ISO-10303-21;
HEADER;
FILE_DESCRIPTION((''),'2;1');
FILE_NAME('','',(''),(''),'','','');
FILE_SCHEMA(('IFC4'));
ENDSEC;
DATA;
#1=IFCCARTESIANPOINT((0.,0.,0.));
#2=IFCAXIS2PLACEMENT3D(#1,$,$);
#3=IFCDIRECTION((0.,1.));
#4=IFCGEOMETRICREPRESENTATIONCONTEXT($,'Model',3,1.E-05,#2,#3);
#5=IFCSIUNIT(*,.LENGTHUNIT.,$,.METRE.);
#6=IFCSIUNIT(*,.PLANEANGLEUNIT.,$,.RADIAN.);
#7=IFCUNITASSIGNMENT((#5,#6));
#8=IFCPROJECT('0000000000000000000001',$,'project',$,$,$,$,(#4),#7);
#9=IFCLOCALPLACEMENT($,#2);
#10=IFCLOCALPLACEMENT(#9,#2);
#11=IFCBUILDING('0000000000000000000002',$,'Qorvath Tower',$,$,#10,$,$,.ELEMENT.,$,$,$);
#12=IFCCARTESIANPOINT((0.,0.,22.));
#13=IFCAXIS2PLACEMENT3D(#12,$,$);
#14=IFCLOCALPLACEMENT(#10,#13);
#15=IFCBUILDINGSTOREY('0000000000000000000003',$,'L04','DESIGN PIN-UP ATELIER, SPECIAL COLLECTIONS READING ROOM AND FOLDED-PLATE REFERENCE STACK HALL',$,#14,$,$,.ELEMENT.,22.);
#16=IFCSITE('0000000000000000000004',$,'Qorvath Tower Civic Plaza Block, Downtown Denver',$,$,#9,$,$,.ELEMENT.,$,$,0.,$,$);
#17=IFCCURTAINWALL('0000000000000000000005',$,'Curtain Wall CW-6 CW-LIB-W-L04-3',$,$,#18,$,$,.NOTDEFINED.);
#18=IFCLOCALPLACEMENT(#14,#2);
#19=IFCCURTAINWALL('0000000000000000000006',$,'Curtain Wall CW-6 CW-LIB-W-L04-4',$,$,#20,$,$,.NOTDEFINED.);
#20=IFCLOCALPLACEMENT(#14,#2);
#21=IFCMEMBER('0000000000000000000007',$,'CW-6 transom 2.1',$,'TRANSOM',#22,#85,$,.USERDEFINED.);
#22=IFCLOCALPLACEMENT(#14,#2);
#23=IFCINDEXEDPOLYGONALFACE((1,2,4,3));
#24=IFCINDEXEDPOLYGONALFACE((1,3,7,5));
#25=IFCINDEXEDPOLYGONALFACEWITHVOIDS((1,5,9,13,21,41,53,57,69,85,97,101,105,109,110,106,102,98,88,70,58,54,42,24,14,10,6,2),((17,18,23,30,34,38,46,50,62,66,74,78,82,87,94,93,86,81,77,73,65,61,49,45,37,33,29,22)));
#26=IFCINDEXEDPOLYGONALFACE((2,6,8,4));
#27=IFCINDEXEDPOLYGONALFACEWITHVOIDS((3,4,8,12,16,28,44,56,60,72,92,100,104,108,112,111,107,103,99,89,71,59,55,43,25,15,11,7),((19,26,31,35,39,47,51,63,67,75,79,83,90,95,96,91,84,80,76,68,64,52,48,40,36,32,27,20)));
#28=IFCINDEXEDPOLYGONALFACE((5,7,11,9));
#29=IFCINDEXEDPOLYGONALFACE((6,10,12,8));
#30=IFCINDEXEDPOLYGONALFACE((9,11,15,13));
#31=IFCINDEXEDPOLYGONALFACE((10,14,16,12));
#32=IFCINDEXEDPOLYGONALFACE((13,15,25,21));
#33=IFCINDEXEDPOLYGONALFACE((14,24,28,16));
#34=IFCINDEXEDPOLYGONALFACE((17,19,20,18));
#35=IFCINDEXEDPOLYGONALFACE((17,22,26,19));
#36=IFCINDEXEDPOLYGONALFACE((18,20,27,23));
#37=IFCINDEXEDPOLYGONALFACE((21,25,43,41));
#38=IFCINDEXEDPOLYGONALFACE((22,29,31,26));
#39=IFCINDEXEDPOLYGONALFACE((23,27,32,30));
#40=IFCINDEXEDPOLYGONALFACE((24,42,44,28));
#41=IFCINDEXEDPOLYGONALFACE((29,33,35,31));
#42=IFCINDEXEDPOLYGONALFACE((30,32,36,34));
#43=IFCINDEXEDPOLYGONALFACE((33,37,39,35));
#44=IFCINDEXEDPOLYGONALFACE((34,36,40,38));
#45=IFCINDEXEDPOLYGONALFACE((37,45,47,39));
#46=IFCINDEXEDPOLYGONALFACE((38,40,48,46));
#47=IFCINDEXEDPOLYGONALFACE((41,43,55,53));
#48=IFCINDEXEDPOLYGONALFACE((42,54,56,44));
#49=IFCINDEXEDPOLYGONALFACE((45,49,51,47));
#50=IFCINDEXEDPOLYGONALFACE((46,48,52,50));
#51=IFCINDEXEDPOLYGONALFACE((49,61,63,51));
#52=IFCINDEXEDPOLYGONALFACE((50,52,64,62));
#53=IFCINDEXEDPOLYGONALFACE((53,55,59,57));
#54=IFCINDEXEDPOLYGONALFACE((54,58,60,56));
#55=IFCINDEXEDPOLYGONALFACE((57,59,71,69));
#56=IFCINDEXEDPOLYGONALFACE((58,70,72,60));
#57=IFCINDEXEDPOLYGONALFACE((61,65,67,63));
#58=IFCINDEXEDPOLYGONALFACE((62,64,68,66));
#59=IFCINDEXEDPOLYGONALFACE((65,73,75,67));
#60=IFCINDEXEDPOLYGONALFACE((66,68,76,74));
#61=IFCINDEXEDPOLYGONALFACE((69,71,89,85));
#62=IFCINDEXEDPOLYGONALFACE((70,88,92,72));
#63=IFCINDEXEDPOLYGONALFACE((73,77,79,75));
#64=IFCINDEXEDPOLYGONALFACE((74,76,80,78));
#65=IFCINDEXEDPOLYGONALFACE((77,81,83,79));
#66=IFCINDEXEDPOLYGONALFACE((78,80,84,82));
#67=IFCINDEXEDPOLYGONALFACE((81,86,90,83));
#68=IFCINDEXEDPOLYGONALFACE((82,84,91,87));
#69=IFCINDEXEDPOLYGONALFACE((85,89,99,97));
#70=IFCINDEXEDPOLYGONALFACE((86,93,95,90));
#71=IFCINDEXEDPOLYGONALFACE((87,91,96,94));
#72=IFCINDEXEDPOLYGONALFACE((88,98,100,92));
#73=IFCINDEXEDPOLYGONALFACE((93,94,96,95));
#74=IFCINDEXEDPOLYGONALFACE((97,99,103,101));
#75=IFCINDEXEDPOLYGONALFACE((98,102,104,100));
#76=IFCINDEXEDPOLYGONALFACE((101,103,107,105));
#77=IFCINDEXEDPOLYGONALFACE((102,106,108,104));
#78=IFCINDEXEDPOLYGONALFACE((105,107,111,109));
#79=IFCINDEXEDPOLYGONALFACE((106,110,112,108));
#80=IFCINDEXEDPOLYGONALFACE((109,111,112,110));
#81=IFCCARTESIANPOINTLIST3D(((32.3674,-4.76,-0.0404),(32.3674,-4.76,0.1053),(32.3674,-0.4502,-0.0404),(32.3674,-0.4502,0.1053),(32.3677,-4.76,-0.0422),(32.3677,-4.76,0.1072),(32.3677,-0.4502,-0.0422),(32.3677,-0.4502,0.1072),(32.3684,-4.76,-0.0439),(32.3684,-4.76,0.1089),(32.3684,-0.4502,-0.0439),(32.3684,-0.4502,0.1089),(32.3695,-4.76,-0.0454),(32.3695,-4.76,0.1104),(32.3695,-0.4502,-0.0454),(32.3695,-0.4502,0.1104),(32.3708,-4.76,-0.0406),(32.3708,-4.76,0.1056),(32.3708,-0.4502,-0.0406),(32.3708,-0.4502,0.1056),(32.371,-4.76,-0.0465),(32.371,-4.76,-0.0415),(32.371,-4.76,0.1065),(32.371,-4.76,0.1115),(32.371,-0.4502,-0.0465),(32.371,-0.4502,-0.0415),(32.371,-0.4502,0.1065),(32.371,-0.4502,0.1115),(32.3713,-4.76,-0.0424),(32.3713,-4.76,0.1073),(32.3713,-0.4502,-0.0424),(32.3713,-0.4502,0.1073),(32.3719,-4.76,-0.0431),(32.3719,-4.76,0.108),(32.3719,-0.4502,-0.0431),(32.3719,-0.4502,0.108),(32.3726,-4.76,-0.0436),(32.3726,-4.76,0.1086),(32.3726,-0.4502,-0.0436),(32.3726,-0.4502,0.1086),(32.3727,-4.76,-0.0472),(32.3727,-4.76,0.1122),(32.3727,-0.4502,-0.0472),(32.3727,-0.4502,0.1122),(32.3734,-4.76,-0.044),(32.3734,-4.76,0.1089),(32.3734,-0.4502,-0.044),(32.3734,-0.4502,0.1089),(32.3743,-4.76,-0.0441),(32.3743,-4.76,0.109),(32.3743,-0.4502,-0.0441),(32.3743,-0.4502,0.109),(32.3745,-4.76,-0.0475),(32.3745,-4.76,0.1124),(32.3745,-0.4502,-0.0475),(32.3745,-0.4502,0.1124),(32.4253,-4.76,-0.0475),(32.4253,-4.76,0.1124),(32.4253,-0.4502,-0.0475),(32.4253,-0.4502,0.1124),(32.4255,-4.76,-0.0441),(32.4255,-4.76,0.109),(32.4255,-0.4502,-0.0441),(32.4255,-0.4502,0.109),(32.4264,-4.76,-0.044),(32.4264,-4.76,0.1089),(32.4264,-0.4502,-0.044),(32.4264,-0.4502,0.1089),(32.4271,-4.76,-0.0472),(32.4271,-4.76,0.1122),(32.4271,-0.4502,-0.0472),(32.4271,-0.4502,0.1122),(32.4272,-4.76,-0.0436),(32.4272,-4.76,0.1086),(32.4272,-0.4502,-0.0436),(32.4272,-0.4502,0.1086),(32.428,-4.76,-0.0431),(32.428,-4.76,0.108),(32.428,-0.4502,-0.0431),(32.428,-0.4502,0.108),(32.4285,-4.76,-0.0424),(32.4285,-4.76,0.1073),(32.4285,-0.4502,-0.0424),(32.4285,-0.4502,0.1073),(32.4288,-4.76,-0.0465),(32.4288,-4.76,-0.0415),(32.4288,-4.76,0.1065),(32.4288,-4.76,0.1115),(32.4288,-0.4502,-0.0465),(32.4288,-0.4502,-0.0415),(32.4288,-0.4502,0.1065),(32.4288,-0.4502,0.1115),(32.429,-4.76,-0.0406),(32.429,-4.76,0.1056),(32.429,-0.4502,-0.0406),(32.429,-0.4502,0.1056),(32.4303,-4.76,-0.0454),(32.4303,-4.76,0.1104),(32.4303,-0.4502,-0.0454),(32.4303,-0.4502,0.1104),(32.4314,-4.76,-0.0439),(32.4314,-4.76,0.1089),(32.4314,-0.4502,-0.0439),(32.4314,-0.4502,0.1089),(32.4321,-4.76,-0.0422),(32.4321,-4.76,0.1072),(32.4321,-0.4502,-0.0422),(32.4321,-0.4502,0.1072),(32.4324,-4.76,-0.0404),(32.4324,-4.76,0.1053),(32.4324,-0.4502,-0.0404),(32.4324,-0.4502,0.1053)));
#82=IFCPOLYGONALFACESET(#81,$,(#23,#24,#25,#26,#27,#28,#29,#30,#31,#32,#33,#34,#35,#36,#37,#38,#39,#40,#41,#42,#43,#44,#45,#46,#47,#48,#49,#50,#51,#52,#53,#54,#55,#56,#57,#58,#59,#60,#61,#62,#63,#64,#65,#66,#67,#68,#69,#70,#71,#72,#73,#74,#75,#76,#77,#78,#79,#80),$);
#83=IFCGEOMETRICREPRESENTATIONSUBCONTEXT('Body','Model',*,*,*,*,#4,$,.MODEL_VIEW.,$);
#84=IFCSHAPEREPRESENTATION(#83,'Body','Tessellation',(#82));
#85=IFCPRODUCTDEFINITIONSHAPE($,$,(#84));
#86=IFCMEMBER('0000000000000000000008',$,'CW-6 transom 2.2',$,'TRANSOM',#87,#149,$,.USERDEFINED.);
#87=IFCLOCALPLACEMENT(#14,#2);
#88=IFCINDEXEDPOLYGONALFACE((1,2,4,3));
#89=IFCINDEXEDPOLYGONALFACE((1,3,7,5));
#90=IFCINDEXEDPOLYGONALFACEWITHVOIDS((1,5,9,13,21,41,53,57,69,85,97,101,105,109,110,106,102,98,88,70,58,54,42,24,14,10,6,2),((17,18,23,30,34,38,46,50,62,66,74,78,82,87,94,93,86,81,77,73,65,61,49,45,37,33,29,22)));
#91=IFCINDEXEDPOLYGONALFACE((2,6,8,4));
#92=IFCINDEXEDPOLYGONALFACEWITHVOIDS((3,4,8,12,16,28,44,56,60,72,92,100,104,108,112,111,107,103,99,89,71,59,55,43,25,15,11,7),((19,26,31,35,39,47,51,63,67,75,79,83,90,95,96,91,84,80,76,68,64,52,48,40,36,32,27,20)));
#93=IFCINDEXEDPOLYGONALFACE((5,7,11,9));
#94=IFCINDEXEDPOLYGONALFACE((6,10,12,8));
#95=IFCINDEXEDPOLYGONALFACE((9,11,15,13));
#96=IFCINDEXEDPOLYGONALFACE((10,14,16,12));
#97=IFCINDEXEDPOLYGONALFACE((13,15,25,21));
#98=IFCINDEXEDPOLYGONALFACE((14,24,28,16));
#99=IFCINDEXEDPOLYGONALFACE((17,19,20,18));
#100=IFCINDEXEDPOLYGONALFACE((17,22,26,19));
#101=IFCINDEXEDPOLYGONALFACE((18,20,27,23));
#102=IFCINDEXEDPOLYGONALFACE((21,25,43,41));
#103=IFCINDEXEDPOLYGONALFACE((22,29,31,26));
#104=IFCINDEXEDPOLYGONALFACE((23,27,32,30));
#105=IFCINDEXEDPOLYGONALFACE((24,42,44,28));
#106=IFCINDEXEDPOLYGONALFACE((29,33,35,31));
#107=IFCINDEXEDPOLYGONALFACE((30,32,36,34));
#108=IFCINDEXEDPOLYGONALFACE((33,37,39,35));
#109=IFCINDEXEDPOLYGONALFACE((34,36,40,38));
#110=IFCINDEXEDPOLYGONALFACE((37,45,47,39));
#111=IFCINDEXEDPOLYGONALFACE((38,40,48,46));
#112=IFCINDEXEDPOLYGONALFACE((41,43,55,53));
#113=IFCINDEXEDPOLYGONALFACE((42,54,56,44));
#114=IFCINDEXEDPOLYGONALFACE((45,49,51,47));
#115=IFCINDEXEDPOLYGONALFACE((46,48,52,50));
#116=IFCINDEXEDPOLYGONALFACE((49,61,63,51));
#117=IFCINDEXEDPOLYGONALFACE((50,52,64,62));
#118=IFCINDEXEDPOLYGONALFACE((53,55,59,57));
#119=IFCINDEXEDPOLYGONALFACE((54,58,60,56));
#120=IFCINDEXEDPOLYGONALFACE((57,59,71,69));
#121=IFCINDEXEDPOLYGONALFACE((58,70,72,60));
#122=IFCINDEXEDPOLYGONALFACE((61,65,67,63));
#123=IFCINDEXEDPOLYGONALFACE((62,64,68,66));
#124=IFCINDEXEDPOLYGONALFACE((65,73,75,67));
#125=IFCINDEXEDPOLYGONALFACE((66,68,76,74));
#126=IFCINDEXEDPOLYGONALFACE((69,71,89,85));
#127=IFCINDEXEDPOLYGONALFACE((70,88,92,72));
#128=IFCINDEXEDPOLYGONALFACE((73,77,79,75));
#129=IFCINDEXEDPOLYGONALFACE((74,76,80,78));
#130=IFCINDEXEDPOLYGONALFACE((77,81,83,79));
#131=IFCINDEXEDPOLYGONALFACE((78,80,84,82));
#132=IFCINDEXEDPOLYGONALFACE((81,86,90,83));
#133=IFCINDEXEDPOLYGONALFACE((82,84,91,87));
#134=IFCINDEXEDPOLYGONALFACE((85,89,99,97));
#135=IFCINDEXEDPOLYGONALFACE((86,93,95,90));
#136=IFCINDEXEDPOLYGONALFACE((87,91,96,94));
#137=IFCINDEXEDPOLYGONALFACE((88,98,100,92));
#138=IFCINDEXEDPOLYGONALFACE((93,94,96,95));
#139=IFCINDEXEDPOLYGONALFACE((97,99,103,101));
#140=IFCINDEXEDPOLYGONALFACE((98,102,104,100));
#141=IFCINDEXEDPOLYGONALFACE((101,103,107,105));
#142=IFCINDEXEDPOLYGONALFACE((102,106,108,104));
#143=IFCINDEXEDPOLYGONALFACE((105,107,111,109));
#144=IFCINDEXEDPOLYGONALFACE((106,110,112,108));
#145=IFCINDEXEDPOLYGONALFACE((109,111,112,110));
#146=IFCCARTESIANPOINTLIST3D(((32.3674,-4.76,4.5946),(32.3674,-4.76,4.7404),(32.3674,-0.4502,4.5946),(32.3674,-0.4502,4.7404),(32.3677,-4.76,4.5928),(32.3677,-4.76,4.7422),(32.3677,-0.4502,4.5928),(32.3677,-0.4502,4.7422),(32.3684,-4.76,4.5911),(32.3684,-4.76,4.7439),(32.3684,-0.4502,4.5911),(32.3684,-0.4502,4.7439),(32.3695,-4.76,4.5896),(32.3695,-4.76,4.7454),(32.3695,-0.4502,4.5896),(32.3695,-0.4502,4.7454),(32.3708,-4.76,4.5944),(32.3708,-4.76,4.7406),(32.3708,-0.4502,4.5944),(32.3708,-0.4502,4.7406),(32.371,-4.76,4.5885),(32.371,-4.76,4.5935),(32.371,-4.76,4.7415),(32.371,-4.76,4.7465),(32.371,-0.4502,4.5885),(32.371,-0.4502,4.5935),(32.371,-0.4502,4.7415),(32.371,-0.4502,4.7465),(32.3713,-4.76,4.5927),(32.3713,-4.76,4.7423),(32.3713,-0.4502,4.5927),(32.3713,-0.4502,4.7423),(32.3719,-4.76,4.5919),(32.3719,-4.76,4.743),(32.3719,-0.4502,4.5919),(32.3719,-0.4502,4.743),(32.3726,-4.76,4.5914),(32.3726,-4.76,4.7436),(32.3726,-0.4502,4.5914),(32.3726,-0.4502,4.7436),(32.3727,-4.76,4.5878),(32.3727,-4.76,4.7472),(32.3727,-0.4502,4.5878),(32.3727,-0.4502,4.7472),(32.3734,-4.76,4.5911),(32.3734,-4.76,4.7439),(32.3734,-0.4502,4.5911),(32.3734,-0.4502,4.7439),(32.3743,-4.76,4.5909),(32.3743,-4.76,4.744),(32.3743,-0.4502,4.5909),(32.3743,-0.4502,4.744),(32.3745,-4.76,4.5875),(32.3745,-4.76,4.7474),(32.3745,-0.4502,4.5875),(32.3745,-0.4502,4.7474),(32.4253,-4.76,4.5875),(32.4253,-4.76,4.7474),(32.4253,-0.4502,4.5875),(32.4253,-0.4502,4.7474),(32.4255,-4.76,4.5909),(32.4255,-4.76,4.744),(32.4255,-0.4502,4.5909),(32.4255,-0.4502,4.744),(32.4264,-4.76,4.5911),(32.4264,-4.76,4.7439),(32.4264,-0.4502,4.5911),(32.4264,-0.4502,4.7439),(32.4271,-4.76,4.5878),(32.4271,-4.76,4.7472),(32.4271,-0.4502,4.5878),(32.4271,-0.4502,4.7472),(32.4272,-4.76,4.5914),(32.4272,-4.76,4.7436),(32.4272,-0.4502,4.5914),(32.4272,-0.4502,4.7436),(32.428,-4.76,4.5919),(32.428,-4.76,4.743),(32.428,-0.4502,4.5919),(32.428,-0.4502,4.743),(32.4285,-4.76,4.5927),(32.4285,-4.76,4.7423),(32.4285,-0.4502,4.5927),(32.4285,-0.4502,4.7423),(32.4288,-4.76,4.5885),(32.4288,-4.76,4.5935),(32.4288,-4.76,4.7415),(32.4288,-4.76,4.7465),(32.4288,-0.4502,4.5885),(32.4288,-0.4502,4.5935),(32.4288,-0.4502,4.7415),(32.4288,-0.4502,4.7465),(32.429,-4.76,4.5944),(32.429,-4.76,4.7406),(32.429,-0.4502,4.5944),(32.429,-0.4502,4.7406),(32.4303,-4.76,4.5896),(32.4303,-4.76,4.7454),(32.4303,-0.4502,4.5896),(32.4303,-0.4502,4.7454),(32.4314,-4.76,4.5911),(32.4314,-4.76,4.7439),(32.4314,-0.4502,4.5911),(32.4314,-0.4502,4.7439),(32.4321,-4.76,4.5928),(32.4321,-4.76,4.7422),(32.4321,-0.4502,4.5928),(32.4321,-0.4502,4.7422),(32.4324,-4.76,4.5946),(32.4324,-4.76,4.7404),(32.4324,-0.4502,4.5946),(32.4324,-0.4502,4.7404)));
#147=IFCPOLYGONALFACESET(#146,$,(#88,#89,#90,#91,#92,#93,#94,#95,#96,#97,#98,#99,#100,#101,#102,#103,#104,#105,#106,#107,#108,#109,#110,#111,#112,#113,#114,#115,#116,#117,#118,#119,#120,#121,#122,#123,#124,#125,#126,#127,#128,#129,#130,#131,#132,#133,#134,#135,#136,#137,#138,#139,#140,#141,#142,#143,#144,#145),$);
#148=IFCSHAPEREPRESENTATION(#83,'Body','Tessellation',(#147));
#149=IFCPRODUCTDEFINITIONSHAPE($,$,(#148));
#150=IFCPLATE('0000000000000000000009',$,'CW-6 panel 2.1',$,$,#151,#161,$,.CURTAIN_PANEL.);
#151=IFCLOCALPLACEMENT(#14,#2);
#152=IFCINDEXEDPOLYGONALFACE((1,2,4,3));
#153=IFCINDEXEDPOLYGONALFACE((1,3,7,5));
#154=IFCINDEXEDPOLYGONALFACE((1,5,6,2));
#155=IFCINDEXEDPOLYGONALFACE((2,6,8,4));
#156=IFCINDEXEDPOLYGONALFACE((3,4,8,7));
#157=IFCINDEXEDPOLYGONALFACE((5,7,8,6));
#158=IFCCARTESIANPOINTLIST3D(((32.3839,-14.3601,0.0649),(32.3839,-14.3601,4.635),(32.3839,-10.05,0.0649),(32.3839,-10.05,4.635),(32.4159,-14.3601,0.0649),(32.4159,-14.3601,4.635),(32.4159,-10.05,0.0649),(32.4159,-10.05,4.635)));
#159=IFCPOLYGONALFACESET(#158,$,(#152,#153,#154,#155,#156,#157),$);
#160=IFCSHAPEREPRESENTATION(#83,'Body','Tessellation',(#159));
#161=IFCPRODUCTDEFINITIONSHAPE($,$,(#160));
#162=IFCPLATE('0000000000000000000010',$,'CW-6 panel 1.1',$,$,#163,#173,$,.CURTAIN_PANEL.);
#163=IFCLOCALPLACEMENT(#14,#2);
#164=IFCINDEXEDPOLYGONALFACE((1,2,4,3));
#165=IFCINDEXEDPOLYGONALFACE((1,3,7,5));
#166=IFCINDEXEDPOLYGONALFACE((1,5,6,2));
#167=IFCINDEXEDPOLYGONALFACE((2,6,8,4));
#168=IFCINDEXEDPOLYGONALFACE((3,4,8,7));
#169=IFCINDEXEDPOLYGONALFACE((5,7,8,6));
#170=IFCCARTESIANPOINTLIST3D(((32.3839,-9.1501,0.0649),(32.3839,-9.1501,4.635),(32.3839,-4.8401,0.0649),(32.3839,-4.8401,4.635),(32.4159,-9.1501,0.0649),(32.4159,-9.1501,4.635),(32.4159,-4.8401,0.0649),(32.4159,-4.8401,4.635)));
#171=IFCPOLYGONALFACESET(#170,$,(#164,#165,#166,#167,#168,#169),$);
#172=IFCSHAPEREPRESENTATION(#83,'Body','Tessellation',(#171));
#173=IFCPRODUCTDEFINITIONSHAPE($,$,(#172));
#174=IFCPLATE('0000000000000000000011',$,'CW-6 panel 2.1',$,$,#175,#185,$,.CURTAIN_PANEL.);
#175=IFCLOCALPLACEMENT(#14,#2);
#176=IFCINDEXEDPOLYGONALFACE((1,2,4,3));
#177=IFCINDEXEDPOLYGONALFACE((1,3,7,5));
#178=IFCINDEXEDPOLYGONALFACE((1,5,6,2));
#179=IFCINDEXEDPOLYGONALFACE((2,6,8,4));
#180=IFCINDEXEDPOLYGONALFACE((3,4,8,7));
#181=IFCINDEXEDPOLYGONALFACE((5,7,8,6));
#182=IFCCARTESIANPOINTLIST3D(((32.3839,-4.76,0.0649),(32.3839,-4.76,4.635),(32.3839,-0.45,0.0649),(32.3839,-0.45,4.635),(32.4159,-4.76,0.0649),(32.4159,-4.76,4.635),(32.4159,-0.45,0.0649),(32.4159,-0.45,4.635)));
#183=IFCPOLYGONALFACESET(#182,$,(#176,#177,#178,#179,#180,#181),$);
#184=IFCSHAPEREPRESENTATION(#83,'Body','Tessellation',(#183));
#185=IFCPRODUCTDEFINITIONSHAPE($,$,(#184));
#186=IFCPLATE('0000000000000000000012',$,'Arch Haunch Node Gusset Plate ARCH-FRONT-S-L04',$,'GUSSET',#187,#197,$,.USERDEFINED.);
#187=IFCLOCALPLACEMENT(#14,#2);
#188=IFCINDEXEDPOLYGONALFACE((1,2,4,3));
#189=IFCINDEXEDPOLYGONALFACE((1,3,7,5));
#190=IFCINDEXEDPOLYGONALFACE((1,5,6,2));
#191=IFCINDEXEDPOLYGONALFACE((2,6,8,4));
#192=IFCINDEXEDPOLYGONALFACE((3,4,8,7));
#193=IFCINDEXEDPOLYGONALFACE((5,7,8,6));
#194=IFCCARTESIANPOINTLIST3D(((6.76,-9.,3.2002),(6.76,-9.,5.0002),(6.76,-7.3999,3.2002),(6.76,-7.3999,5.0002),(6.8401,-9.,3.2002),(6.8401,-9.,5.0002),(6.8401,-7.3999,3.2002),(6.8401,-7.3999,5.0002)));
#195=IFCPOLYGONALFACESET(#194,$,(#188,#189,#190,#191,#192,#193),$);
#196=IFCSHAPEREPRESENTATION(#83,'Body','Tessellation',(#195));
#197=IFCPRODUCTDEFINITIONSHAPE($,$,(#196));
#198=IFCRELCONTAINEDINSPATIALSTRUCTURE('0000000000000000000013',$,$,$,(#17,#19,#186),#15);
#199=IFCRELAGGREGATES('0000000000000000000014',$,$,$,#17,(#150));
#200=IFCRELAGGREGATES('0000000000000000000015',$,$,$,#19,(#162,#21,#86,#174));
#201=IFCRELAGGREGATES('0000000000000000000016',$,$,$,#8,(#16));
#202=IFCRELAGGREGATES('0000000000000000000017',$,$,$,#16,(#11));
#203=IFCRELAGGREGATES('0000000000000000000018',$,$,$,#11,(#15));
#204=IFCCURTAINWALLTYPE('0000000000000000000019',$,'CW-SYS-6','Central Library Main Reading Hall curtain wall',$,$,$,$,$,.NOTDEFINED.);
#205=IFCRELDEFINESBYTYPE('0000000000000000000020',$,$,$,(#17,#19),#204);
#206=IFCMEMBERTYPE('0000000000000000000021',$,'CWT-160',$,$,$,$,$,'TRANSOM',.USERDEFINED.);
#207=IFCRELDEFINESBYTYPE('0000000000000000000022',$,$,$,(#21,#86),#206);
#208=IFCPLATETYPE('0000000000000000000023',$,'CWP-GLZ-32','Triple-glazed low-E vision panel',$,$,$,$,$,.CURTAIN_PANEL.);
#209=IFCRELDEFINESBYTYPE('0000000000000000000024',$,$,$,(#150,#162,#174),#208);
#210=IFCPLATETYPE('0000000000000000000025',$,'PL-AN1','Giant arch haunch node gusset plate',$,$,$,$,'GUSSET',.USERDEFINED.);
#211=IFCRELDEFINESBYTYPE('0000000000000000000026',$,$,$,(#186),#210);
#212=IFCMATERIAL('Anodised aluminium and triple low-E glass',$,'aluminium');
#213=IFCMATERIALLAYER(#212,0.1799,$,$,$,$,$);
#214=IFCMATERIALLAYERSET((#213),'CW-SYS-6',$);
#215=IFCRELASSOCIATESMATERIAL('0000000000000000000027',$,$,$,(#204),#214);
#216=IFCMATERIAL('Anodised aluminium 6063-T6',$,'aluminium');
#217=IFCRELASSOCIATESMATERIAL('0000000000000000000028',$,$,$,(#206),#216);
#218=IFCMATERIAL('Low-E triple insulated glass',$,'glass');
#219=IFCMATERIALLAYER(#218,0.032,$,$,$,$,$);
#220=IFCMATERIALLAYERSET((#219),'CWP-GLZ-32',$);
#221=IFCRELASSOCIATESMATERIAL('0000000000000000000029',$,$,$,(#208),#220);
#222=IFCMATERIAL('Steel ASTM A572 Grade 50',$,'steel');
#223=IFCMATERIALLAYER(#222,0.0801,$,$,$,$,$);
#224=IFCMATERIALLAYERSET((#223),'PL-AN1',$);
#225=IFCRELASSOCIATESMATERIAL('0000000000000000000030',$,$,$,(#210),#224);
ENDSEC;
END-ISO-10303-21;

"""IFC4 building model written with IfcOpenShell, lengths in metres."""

from ifc_helpers import new_model, si_unit, direction, frame, origin, origin_2d, place, context, subcontext, project, spatial, rectangle, hollow_rectangle, extrude, material, layer, layer_set, material_profile, profile_set, type_object, element, aggregate, save


model = new_model("IFC4")

# Units and contexts
model_context = context("Model", 3, precision=1e-05, world=origin(), true_north=direction((0.0, 1.0)))
body_context = subcontext(model_context, "Body", "Model", "MODEL_VIEW")
ifc_project = project(units=[si_unit("LENGTHUNIT", "METRE"), si_unit("PLANEANGLEUNIT", "RADIAN")], contexts=[model_context])

# Site, building, storey
site_placement = place(None, origin())
site = spatial("IfcSite", under=ifc_project, at=site_placement, Name="Qorvath Tower Civic Plaza Block, Downtown Denver", CompositionType="ELEMENT", RefElevation=0.0)
building_placement = place(site_placement, origin())
building = spatial("IfcBuilding", under=site, at=building_placement, Name="Qorvath Tower", CompositionType="ELEMENT")
storey_placement = place(building_placement, frame((0.0, 0.0, 22.0)))
storey = spatial("IfcBuildingStorey", under=building, at=storey_placement, Name="L04", Description="DESIGN PIN-UP ATELIER, SPECIAL COLLECTIONS READING ROOM AND FOLDED-PLATE REFERENCE STACK HALL", CompositionType="ELEMENT", Elevation=22.0)

# Curtain wall
ifc_material_1 = material(Name="Anodised aluminium and triple low-E glass", Category="aluminium")
ifc_layer_1 = layer(ifc_material_1, 0.1799)
ifc_layer_set_1 = layer_set([ifc_layer_1], Name="CW-SYS-6")
curtain_wall_type = type_object("IfcCurtainWallType", Name="CW-SYS-6", Description="Central Library Main Reading Hall curtain wall", PredefinedType="NOTDEFINED", material=ifc_layer_set_1)
curtain_wall_1_placement = place(storey_placement, origin())
curtain_wall_1 = element("IfcCurtainWall", 1, at=curtain_wall_1_placement, inside=storey, type_object=curtain_wall_type, Name="Curtain Wall CW-6 CW-LIB-W-L04-3", PredefinedType="NOTDEFINED")

# Curtain wall
curtain_wall_2_placement = place(storey_placement, origin())
curtain_wall_2 = element("IfcCurtainWall", 2, at=curtain_wall_2_placement, inside=storey, type_object=curtain_wall_type, Name="Curtain Wall CW-6 CW-LIB-W-L04-4", PredefinedType="NOTDEFINED")

# Members
ifc_material_2 = material(Name="Anodised aluminium 6063-T6", Category="aluminium")
ifc_material_profile_1 = material_profile(ifc_material_2, hollow_rectangle(XDim=0.0649, YDim=0.1599, WallThickness=0.0034, InnerFilletRadius=0.0034, OuterFilletRadius=0.0071, at=origin_2d()), Name="CWT 160x65")
ifc_profile_set_1 = profile_set([ifc_material_profile_1], Name="Anodised aluminium 6063-T6")
member_type_1 = type_object("IfcMemberType", Name="CWT-160", ElementType="TRANSOM", PredefinedType="USERDEFINED", material=ifc_profile_set_1)
member_1_placement = place(storey_placement, frame((32.3999, -4.76, 0.0325), z_axis=(0.0, 1.0, 0.0), x_axis=(-1.0, 0.0, 0.0)))
member_1 = element("IfcMember", 3, at=member_1_placement, type_object=member_type_1, Name="CW-6 transom 2.1", ObjectType="TRANSOM", PredefinedType="USERDEFINED", context=body_context, shape_type="SweptSolid", body=[
    extrude(hollow_rectangle(XDim=0.0649, YDim=0.1599, WallThickness=0.0034, InnerFilletRadius=0.0034, OuterFilletRadius=0.0071, at=origin_2d()), origin(), (0.0, 0.0, 1.0), 4.3098),
])
member_2_placement = place(storey_placement, frame((32.3999, -4.76, 4.6675), z_axis=(0.0, 1.0, 0.0), x_axis=(-1.0, 0.0, 0.0)))
member_2 = element("IfcMember", 4, at=member_2_placement, type_object=member_type_1, Name="CW-6 transom 2.2", ObjectType="TRANSOM", PredefinedType="USERDEFINED", context=body_context, shape_type="SweptSolid", body=[
    extrude(hollow_rectangle(XDim=0.0649, YDim=0.1599, WallThickness=0.0034, InnerFilletRadius=0.0034, OuterFilletRadius=0.0071, at=origin_2d()), origin(), (0.0, 0.0, 1.0), 4.3098),
])

# Plates
ifc_material_3 = material(Name="Low-E triple insulated glass", Category="glass")
ifc_layer_2 = layer(ifc_material_3, 0.032)
ifc_layer_set_2 = layer_set([ifc_layer_2], Name="CWP-GLZ-32")
plate_type_1 = type_object("IfcPlateType", Name="CWP-GLZ-32", Description="Triple-glazed low-E vision panel", PredefinedType="CURTAIN_PANEL", material=ifc_layer_set_2)
plate_1_placement = place(storey_placement, frame((32.3999, -12.2051, 0.0649), z_axis=(0.0, 0.0, 1.0), x_axis=(0.0, 1.0, 0.0)))
plate_1 = element("IfcPlate", 5, at=plate_1_placement, type_object=plate_type_1, Name="CW-6 panel 2.1", PredefinedType="CURTAIN_PANEL", context=body_context, shape_type="SweptSolid", body=[
    extrude(rectangle(XDim=4.3101, YDim=0.032, at=origin_2d()), origin(), (0.0, 0.0, 1.0), 4.5701),
])
aggregate(curtain_wall_1, [plate_1])
plate_2_placement = place(storey_placement, frame((32.3999, -6.9951, 0.0649), z_axis=(0.0, 0.0, 1.0), x_axis=(0.0, 1.0, 0.0)))
plate_2 = element("IfcPlate", 6, at=plate_2_placement, type_object=plate_type_1, Name="CW-6 panel 1.1", PredefinedType="CURTAIN_PANEL", context=body_context, shape_type="SweptSolid", body=[
    extrude(rectangle(XDim=4.3101, YDim=0.032, at=origin_2d()), origin(), (0.0, 0.0, 1.0), 4.5701),
])
plate_3_placement = place(storey_placement, frame((32.3999, -2.605, 0.0649), z_axis=(0.0, 0.0, 1.0), x_axis=(0.0, 1.0, 0.0)))
plate_3 = element("IfcPlate", 7, at=plate_3_placement, type_object=plate_type_1, Name="CW-6 panel 2.1", PredefinedType="CURTAIN_PANEL", context=body_context, shape_type="SweptSolid", body=[
    extrude(rectangle(XDim=4.3101, YDim=0.032, at=origin_2d()), origin(), (0.0, 0.0, 1.0), 4.5701),
])
aggregate(curtain_wall_2, [plate_2, member_1, member_2, plate_3])
ifc_material_4 = material(Name="Steel ASTM A572 Grade 50", Category="steel")
ifc_layer_3 = layer(ifc_material_4, 0.0801)
ifc_layer_set_3 = layer_set([ifc_layer_3], Name="PL-AN1")
plate_type_2 = type_object("IfcPlateType", Name="PL-AN1", Description="Giant arch haunch node gusset plate", ElementType="GUSSET", PredefinedType="USERDEFINED", material=ifc_layer_set_3)
plate_4_placement = place(storey_placement, frame((6.8, -8.2, 3.2002), z_axis=(0.0, 0.0, 1.0), x_axis=(0.0, 1.0, 0.0)))
element("IfcPlate", 8, at=plate_4_placement, inside=storey, type_object=plate_type_2, Name="Arch Haunch Node Gusset Plate ARCH-FRONT-S-L04", ObjectType="GUSSET", PredefinedType="USERDEFINED", context=body_context, shape_type="SweptSolid", body=[
    extrude(rectangle(XDim=1.6001, YDim=0.0801, at=origin_2d()), origin(), (0.0, 0.0, 1.0), 1.8),
])

save(model, "model.ifc")
